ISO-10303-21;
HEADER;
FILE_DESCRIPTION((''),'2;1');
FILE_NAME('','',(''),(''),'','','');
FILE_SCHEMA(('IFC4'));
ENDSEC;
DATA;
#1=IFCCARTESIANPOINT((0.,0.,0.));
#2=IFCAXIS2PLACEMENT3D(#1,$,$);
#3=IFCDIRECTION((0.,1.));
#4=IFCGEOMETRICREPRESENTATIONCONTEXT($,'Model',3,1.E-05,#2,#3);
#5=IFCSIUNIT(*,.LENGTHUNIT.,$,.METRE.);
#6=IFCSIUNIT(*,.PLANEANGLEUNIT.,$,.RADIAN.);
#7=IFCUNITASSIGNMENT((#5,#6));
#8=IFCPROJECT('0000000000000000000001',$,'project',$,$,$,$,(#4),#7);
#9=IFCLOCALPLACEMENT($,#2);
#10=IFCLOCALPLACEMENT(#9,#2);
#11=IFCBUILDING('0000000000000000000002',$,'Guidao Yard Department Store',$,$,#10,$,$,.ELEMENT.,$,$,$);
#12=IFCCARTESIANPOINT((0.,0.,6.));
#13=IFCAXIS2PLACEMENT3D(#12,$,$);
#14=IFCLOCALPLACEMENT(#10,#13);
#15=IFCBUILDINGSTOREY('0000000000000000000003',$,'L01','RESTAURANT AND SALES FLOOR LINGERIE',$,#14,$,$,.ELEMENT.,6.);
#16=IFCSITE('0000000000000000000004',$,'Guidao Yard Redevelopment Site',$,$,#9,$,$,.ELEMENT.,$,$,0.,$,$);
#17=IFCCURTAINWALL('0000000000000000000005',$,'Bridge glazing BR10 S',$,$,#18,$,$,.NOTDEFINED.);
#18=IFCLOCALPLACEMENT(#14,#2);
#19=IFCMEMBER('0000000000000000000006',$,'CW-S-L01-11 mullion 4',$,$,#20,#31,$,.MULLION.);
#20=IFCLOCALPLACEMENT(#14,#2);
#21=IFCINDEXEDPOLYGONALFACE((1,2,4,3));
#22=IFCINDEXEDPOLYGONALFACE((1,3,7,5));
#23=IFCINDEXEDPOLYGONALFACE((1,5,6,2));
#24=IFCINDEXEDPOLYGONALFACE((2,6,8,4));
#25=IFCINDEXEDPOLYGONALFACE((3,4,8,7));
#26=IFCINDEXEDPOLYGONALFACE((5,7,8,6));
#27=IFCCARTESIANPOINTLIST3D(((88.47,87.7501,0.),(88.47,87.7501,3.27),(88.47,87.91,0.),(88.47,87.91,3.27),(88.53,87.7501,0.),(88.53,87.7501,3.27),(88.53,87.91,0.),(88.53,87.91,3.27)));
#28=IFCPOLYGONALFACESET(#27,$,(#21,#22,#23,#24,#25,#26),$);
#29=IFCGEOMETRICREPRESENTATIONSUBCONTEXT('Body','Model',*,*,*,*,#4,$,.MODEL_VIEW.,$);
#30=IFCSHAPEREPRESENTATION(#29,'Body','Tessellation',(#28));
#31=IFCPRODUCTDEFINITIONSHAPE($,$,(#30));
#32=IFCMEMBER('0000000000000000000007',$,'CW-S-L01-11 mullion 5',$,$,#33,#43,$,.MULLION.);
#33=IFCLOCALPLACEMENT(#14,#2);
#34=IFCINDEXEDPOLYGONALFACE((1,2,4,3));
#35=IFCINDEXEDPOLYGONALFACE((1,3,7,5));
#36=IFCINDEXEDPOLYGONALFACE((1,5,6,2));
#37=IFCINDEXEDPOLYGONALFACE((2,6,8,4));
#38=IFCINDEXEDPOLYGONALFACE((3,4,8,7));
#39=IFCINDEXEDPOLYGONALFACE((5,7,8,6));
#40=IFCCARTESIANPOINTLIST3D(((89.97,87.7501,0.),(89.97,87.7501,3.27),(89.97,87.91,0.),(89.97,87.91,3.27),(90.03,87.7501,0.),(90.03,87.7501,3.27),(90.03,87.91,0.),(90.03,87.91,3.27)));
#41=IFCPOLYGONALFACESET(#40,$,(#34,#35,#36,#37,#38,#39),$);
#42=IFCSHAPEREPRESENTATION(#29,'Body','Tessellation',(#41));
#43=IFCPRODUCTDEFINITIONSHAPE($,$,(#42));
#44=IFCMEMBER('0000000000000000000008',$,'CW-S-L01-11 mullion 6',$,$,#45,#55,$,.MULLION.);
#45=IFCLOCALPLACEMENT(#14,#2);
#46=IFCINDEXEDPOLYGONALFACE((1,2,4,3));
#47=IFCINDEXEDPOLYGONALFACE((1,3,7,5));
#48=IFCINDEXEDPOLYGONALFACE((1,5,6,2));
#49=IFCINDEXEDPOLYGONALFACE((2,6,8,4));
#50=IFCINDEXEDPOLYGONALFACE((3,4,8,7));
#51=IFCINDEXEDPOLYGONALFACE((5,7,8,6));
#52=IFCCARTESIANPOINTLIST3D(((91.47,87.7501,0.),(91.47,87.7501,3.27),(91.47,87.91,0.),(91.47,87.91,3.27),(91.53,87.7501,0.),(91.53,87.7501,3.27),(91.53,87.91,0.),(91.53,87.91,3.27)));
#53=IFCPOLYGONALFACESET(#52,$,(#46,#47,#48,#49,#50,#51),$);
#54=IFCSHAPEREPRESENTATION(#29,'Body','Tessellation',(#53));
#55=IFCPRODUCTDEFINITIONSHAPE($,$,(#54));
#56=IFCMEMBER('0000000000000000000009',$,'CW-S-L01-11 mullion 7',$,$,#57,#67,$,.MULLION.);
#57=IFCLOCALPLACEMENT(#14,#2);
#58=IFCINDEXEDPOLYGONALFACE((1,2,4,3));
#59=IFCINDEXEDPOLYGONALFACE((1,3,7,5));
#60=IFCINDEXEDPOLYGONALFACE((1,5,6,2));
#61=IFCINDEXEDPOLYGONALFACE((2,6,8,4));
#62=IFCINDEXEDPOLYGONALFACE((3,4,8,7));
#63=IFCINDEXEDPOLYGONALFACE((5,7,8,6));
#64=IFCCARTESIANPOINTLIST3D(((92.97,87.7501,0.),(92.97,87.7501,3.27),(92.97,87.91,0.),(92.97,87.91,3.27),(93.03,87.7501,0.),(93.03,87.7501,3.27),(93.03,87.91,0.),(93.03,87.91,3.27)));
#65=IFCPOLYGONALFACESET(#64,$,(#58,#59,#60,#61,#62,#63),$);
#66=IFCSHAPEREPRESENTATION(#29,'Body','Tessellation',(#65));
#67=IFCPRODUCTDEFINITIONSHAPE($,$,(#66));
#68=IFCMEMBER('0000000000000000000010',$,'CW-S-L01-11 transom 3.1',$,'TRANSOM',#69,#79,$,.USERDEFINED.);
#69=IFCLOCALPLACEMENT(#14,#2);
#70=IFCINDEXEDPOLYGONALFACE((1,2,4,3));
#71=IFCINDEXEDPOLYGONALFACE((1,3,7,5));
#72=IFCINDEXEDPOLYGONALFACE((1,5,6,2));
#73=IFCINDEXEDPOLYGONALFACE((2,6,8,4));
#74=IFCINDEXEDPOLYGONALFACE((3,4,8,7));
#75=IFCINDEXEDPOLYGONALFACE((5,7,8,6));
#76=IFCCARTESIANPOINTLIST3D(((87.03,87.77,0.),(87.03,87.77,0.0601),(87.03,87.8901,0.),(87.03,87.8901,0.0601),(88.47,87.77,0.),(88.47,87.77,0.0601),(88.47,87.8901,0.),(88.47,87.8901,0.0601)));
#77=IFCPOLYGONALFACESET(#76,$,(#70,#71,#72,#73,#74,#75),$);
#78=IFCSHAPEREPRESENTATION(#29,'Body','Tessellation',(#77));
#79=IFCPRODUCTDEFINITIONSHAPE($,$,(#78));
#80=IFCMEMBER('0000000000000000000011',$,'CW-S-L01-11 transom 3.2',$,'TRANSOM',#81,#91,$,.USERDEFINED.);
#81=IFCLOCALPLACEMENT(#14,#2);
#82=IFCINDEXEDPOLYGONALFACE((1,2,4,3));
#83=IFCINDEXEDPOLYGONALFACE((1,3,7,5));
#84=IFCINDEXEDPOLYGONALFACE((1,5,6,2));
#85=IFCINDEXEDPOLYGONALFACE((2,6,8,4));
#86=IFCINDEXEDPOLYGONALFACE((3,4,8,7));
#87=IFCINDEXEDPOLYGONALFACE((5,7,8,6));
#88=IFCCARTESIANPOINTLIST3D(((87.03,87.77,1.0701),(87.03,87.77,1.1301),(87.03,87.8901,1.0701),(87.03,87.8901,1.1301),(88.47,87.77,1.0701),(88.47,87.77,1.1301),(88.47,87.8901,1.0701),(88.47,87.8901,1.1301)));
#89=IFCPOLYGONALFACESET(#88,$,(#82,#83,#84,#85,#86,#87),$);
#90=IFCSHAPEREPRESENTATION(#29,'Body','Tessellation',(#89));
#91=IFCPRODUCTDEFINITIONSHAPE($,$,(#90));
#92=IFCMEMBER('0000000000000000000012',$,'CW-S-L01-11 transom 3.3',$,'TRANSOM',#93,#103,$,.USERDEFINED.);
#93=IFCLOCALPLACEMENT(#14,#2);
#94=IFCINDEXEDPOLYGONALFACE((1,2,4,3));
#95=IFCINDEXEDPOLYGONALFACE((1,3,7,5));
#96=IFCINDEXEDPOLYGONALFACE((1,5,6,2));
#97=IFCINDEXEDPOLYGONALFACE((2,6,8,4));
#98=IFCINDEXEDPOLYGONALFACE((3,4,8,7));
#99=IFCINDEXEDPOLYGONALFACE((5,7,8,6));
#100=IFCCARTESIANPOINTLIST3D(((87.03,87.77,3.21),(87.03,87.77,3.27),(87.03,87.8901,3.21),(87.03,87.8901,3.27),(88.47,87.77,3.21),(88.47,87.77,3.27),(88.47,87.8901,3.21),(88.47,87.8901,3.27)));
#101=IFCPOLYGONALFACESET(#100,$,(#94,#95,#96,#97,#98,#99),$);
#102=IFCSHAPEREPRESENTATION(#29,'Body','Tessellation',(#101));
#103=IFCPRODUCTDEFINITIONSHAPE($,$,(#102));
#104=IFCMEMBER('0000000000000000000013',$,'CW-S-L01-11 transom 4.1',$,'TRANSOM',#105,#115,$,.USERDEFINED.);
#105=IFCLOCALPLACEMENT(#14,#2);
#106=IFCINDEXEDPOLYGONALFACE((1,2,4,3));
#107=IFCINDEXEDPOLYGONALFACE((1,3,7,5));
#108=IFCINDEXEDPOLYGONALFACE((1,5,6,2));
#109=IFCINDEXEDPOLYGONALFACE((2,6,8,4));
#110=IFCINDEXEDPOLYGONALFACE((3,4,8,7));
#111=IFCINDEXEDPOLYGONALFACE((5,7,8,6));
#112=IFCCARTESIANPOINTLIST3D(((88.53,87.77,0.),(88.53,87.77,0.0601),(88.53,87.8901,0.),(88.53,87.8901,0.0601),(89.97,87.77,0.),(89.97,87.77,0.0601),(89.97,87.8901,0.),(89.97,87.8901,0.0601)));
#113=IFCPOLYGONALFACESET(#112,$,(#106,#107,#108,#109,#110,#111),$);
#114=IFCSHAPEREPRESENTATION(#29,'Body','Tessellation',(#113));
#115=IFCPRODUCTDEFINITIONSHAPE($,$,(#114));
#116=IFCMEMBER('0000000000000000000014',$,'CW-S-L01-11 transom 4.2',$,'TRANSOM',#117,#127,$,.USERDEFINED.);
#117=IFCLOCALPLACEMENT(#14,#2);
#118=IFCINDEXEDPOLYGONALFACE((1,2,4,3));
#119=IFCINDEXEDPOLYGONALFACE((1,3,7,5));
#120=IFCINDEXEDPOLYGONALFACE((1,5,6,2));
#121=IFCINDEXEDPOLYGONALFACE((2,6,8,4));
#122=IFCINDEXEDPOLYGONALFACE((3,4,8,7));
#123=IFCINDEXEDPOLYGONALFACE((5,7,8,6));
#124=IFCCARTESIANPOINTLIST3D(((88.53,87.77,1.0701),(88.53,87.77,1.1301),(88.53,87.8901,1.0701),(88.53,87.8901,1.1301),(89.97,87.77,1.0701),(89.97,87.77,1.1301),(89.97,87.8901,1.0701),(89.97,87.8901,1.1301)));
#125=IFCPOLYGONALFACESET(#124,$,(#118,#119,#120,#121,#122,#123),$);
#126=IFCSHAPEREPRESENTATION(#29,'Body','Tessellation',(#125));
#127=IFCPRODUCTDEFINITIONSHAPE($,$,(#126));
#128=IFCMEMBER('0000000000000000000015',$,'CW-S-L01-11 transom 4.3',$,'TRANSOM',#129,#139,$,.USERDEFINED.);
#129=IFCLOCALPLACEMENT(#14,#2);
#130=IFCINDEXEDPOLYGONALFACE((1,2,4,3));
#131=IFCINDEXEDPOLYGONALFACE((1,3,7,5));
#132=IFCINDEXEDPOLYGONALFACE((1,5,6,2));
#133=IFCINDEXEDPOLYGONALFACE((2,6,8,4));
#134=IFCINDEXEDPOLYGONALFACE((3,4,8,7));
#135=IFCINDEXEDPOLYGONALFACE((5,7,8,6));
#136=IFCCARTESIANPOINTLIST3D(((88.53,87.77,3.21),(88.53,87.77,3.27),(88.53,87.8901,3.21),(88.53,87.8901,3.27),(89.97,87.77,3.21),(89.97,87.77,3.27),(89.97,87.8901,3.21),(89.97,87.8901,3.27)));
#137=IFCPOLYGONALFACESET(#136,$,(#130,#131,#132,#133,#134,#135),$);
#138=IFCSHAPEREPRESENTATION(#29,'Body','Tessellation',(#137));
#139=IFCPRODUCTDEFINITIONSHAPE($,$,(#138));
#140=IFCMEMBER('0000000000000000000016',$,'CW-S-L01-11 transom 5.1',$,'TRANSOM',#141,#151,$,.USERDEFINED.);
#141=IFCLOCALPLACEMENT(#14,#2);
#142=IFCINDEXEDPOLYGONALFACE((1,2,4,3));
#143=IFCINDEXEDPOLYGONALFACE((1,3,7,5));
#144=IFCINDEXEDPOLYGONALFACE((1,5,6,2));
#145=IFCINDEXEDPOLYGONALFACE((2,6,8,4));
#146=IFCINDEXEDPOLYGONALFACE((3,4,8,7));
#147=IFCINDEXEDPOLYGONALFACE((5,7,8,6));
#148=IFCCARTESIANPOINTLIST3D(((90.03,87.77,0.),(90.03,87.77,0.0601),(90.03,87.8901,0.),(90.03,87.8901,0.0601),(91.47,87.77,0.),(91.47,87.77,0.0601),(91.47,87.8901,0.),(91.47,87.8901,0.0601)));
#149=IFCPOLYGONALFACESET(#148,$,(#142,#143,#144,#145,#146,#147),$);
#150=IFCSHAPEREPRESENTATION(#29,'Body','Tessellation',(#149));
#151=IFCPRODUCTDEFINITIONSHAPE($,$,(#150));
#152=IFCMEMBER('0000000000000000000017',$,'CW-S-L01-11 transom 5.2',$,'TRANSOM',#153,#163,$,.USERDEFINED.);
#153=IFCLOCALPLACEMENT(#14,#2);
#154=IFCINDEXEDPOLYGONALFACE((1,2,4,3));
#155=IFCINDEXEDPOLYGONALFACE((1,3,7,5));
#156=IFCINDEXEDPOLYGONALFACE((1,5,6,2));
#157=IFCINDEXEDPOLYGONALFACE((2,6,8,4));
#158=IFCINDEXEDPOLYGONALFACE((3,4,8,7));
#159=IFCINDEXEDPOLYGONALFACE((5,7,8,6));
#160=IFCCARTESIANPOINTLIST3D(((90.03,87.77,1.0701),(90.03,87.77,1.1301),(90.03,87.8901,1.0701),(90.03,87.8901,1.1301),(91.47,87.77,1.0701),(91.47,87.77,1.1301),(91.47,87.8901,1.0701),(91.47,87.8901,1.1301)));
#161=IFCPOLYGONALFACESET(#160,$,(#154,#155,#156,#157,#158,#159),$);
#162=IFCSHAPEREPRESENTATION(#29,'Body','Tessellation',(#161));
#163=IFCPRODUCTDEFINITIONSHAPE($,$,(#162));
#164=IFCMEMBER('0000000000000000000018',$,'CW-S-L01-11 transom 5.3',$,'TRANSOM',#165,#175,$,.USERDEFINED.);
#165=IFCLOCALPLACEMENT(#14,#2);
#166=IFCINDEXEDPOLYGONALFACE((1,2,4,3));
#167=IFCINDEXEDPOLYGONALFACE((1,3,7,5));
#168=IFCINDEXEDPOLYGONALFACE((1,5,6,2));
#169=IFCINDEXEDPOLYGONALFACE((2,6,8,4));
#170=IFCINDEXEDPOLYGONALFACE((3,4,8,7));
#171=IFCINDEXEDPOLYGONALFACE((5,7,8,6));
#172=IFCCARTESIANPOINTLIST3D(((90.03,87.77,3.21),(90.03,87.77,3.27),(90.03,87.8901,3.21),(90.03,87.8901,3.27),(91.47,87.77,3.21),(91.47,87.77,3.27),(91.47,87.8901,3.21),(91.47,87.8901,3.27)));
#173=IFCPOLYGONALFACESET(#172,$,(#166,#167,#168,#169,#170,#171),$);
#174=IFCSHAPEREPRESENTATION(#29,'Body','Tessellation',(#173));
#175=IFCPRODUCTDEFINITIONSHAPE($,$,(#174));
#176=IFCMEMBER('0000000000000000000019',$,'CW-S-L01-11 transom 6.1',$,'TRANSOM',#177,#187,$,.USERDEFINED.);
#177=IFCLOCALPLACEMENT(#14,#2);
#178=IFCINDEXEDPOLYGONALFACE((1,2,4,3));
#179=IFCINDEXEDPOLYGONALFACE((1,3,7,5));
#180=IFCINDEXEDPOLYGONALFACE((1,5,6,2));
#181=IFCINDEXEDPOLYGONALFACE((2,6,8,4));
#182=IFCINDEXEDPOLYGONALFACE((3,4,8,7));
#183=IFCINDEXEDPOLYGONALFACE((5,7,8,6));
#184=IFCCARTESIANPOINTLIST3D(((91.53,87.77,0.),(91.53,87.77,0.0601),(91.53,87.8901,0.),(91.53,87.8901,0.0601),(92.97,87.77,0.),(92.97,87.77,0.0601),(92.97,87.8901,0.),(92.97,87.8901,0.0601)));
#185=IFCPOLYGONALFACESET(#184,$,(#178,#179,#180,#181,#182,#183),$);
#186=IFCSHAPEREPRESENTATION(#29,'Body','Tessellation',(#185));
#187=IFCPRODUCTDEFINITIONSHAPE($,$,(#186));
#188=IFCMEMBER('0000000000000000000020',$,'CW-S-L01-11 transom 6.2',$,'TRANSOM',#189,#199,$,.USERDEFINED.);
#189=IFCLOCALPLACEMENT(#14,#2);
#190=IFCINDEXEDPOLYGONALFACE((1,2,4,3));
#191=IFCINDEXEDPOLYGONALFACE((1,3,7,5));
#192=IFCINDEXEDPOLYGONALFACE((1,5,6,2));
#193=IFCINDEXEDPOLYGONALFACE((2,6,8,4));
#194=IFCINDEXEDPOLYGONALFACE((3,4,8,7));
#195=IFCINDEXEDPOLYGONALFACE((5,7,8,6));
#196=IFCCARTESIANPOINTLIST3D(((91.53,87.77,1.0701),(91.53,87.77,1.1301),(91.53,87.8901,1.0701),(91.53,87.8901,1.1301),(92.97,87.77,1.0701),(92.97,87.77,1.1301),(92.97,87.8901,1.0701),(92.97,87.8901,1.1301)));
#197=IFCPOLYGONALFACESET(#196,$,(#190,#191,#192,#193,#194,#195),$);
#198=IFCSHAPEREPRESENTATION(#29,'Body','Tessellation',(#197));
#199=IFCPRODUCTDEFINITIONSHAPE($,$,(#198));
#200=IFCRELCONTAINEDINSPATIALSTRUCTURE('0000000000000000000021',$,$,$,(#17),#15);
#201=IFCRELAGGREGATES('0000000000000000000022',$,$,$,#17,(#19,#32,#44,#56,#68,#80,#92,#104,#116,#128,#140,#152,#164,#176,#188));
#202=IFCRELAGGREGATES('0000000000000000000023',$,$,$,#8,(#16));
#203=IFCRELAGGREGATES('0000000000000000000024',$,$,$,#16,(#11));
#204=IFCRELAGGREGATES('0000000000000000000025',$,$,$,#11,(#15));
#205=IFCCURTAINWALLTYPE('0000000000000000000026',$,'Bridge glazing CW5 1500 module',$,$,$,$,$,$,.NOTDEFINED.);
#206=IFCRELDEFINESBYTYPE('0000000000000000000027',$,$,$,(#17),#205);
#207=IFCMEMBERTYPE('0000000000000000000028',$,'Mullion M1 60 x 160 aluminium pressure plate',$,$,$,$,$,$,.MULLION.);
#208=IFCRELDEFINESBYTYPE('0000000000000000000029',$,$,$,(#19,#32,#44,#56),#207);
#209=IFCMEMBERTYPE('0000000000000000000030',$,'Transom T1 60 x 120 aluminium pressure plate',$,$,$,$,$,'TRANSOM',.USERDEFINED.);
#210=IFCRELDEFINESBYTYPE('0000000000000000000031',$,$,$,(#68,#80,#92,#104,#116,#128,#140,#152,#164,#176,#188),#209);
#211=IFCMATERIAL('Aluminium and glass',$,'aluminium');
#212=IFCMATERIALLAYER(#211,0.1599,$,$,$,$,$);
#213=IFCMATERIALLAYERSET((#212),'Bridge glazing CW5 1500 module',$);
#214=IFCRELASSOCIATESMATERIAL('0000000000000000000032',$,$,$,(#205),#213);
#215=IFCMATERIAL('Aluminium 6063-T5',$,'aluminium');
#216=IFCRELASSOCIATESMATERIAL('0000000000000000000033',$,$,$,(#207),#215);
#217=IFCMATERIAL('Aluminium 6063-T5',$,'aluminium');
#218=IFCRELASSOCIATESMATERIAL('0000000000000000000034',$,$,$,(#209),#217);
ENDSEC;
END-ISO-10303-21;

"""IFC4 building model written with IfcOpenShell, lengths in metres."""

from ifc_helpers import new_model, si_unit, direction, frame, origin, origin_2d, place, context, subcontext, project, spatial, rectangle, extrude, material, layer, layer_set, material_profile, profile_set, type_object, element, aggregate, save


model = new_model("IFC4")

# Units and contexts
model_context = context("Model", 3, precision=1e-05, world=origin(), true_north=direction((0.0, 1.0)))
body_context = subcontext(model_context, "Body", "Model", "MODEL_VIEW")
ifc_project = project(units=[si_unit("LENGTHUNIT", "METRE"), si_unit("PLANEANGLEUNIT", "RADIAN")], contexts=[model_context])

# Site, building, storey
site_placement = place(None, origin())
site = spatial("IfcSite", under=ifc_project, at=site_placement, Name="Guidao Yard Redevelopment Site", CompositionType="ELEMENT", RefElevation=0.0)
building_placement = place(site_placement, origin())
building = spatial("IfcBuilding", under=site, at=building_placement, Name="Guidao Yard Department Store", CompositionType="ELEMENT")
storey_placement = place(building_placement, frame((0.0, 0.0, 6.0)))
storey = spatial("IfcBuildingStorey", under=building, at=storey_placement, Name="L01", Description="RESTAURANT AND SALES FLOOR LINGERIE", CompositionType="ELEMENT", Elevation=6.0)

# Curtain wall, members
ifc_material_1 = material(Name="Aluminium and glass", Category="aluminium")
ifc_layer_1 = layer(ifc_material_1, 0.1599)
ifc_layer_set_1 = layer_set([ifc_layer_1], Name="Bridge glazing CW5 1500 module")
curtain_wall_type = type_object("IfcCurtainWallType", Name="Bridge glazing CW5 1500 module", PredefinedType="NOTDEFINED", material=ifc_layer_set_1)
curtain_wall_placement = place(storey_placement, origin())
curtain_wall = element("IfcCurtainWall", 1, at=curtain_wall_placement, inside=storey, type_object=curtain_wall_type, Name="Bridge glazing BR10 S", PredefinedType="NOTDEFINED")
ifc_material_2 = material(Name="Aluminium 6063-T5", Category="aluminium")
ifc_material_profile_1 = material_profile(ifc_material_2, rectangle(XDim=0.0601, YDim=0.1599, at=origin_2d()), Name="Mullion M1 60 x 160 aluminium pressure plate")
ifc_profile_set_1 = profile_set([ifc_material_profile_1], Name="Aluminium 6063-T5")
member_type_1 = type_object("IfcMemberType", Name="Mullion M1 60 x 160 aluminium pressure plate", PredefinedType="MULLION", material=ifc_profile_set_1)
member_1_placement = place(storey_placement, frame((88.5, 87.8301, 0.0), z_axis=(0.0, 0.0, 1.0), x_axis=(-1.0, 0.0, 0.0)))
member_1 = element("IfcMember", 2, at=member_1_placement, type_object=member_type_1, Name="CW-S-L01-11 mullion 4", PredefinedType="MULLION", context=body_context, shape_type="SweptSolid", body=[
    extrude(rectangle(XDim=0.0601, YDim=0.1599, at=origin_2d()), origin(), (0.0, 0.0, 1.0), 3.27),
])
member_2_placement = place(storey_placement, frame((90.0, 87.8301, 0.0), z_axis=(0.0, 0.0, 1.0), x_axis=(-1.0, 0.0, 0.0)))
member_2 = element("IfcMember", 3, at=member_2_placement, type_object=member_type_1, Name="CW-S-L01-11 mullion 5", PredefinedType="MULLION", context=body_context, shape_type="SweptSolid", body=[
    extrude(rectangle(XDim=0.0601, YDim=0.1599, at=origin_2d()), origin(), (0.0, 0.0, 1.0), 3.27),
])
member_3_placement = place(storey_placement, frame((91.5, 87.8301, 0.0), z_axis=(0.0, 0.0, 1.0), x_axis=(-1.0, 0.0, 0.0)))
member_3 = element("IfcMember", 4, at=member_3_placement, type_object=member_type_1, Name="CW-S-L01-11 mullion 6", PredefinedType="MULLION", context=body_context, shape_type="SweptSolid", body=[
    extrude(rectangle(XDim=0.0601, YDim=0.1599, at=origin_2d()), origin(), (0.0, 0.0, 1.0), 3.27),
])
member_4_placement = place(storey_placement, frame((93.0, 87.8301, 0.0), z_axis=(0.0, 0.0, 1.0), x_axis=(-1.0, 0.0, 0.0)))
member_4 = element("IfcMember", 5, at=member_4_placement, type_object=member_type_1, Name="CW-S-L01-11 mullion 7", PredefinedType="MULLION", context=body_context, shape_type="SweptSolid", body=[
    extrude(rectangle(XDim=0.0601, YDim=0.1599, at=origin_2d()), origin(), (0.0, 0.0, 1.0), 3.27),
])
ifc_material_3 = material(Name="Aluminium 6063-T5", Category="aluminium")
ifc_material_profile_2 = material_profile(ifc_material_3, rectangle(XDim=0.1201, YDim=0.0601, at=origin_2d()), Name="Transom T1 60 x 120 aluminium pressure plate")
ifc_profile_set_2 = profile_set([ifc_material_profile_2], Name="Aluminium 6063-T5")
member_type_2 = type_object("IfcMemberType", Name="Transom T1 60 x 120 aluminium pressure plate", ElementType="TRANSOM", PredefinedType="USERDEFINED", material=ifc_profile_set_2)
member_5_placement = place(storey_placement, frame((88.47, 87.8301, 0.03), z_axis=(-1.0, 0.0, 0.0), x_axis=(0.0, -1.0, 0.0)))
member_5 = element("IfcMember", 6, at=member_5_placement, type_object=member_type_2, Name="CW-S-L01-11 transom 3.1", ObjectType="TRANSOM", PredefinedType="USERDEFINED", context=body_context, shape_type="SweptSolid", body=[
    extrude(rectangle(XDim=0.1201, YDim=0.0601, at=origin_2d()), origin(), (0.0, 0.0, 1.0), 1.4399),
])
member_6_placement = place(storey_placement, frame((88.47, 87.8301, 1.1001), z_axis=(-1.0, 0.0, 0.0), x_axis=(0.0, -1.0, 0.0)))
member_6 = element("IfcMember", 7, at=member_6_placement, type_object=member_type_2, Name="CW-S-L01-11 transom 3.2", ObjectType="TRANSOM", PredefinedType="USERDEFINED", context=body_context, shape_type="SweptSolid", body=[
    extrude(rectangle(XDim=0.1201, YDim=0.0601, at=origin_2d()), origin(), (0.0, 0.0, 1.0), 1.4399),
])
member_7_placement = place(storey_placement, frame((88.47, 87.8301, 3.24), z_axis=(-1.0, 0.0, 0.0), x_axis=(0.0, -1.0, 0.0)))
member_7 = element("IfcMember", 8, at=member_7_placement, type_object=member_type_2, Name="CW-S-L01-11 transom 3.3", ObjectType="TRANSOM", PredefinedType="USERDEFINED", context=body_context, shape_type="SweptSolid", body=[
    extrude(rectangle(XDim=0.1201, YDim=0.0601, at=origin_2d()), origin(), (0.0, 0.0, 1.0), 1.4399),
])
member_8_placement = place(storey_placement, frame((89.97, 87.8301, 0.03), z_axis=(-1.0, 0.0, 0.0), x_axis=(0.0, -1.0, 0.0)))
member_8 = element("IfcMember", 9, at=member_8_placement, type_object=member_type_2, Name="CW-S-L01-11 transom 4.1", ObjectType="TRANSOM", PredefinedType="USERDEFINED", context=body_context, shape_type="SweptSolid", body=[
    extrude(rectangle(XDim=0.1201, YDim=0.0601, at=origin_2d()), origin(), (0.0, 0.0, 1.0), 1.4399),
])
member_9_placement = place(storey_placement, frame((89.97, 87.8301, 1.1001), z_axis=(-1.0, 0.0, 0.0), x_axis=(0.0, -1.0, 0.0)))
member_9 = element("IfcMember", 10, at=member_9_placement, type_object=member_type_2, Name="CW-S-L01-11 transom 4.2", ObjectType="TRANSOM", PredefinedType="USERDEFINED", context=body_context, shape_type="SweptSolid", body=[
    extrude(rectangle(XDim=0.1201, YDim=0.0601, at=origin_2d()), origin(), (0.0, 0.0, 1.0), 1.4399),
])
member_10_placement = place(storey_placement, frame((89.97, 87.8301, 3.24), z_axis=(-1.0, 0.0, 0.0), x_axis=(0.0, -1.0, 0.0)))
member_10 = element("IfcMember", 11, at=member_10_placement, type_object=member_type_2, Name="CW-S-L01-11 transom 4.3", ObjectType="TRANSOM", PredefinedType="USERDEFINED", context=body_context, shape_type="SweptSolid", body=[
    extrude(rectangle(XDim=0.1201, YDim=0.0601, at=origin_2d()), origin(), (0.0, 0.0, 1.0), 1.4399),
])
member_11_placement = place(storey_placement, frame((91.47, 87.8301, 0.03), z_axis=(-1.0, 0.0, 0.0), x_axis=(0.0, -1.0, 0.0)))
member_11 = element("IfcMember", 12, at=member_11_placement, type_object=member_type_2, Name="CW-S-L01-11 transom 5.1", ObjectType="TRANSOM", PredefinedType="USERDEFINED", context=body_context, shape_type="SweptSolid", body=[
    extrude(rectangle(XDim=0.1201, YDim=0.0601, at=origin_2d()), origin(), (0.0, 0.0, 1.0), 1.4399),
])
member_12_placement = place(storey_placement, frame((91.47, 87.8301, 1.1001), z_axis=(-1.0, 0.0, 0.0), x_axis=(0.0, -1.0, 0.0)))
member_12 = element("IfcMember", 13, at=member_12_placement, type_object=member_type_2, Name="CW-S-L01-11 transom 5.2", ObjectType="TRANSOM", PredefinedType="USERDEFINED", context=body_context, shape_type="SweptSolid", body=[
    extrude(rectangle(XDim=0.1201, YDim=0.0601, at=origin_2d()), origin(), (0.0, 0.0, 1.0), 1.4399),
])
member_13_placement = place(storey_placement, frame((91.47, 87.8301, 3.24), z_axis=(-1.0, 0.0, 0.0), x_axis=(0.0, -1.0, 0.0)))
member_13 = element("IfcMember", 14, at=member_13_placement, type_object=member_type_2, Name="CW-S-L01-11 transom 5.3", ObjectType="TRANSOM", PredefinedType="USERDEFINED", context=body_context, shape_type="SweptSolid", body=[
    extrude(rectangle(XDim=0.1201, YDim=0.0601, at=origin_2d()), origin(), (0.0, 0.0, 1.0), 1.4399),
])
member_14_placement = place(storey_placement, frame((92.97, 87.8301, 0.03), z_axis=(-1.0, 0.0, 0.0), x_axis=(0.0, -1.0, 0.0)))
member_14 = element("IfcMember", 15, at=member_14_placement, type_object=member_type_2, Name="CW-S-L01-11 transom 6.1", ObjectType="TRANSOM", PredefinedType="USERDEFINED", context=body_context, shape_type="SweptSolid", body=[
    extrude(rectangle(XDim=0.1201, YDim=0.0601, at=origin_2d()), origin(), (0.0, 0.0, 1.0), 1.4399),
])
member_15_placement = place(storey_placement, frame((92.97, 87.8301, 1.1001), z_axis=(-1.0, 0.0, 0.0), x_axis=(0.0, -1.0, 0.0)))
member_15 = element("IfcMember", 16, at=member_15_placement, type_object=member_type_2, Name="CW-S-L01-11 transom 6.2", ObjectType="TRANSOM", PredefinedType="USERDEFINED", context=body_context, shape_type="SweptSolid", body=[
    extrude(rectangle(XDim=0.1201, YDim=0.0601, at=origin_2d()), origin(), (0.0, 0.0, 1.0), 1.4399),
])
aggregate(curtain_wall, [member_1, member_2, member_3, member_4, member_5, member_6, member_7, member_8, member_9, member_10, member_11, member_12, member_13, member_14, member_15])

save(model, "model.ifc")
